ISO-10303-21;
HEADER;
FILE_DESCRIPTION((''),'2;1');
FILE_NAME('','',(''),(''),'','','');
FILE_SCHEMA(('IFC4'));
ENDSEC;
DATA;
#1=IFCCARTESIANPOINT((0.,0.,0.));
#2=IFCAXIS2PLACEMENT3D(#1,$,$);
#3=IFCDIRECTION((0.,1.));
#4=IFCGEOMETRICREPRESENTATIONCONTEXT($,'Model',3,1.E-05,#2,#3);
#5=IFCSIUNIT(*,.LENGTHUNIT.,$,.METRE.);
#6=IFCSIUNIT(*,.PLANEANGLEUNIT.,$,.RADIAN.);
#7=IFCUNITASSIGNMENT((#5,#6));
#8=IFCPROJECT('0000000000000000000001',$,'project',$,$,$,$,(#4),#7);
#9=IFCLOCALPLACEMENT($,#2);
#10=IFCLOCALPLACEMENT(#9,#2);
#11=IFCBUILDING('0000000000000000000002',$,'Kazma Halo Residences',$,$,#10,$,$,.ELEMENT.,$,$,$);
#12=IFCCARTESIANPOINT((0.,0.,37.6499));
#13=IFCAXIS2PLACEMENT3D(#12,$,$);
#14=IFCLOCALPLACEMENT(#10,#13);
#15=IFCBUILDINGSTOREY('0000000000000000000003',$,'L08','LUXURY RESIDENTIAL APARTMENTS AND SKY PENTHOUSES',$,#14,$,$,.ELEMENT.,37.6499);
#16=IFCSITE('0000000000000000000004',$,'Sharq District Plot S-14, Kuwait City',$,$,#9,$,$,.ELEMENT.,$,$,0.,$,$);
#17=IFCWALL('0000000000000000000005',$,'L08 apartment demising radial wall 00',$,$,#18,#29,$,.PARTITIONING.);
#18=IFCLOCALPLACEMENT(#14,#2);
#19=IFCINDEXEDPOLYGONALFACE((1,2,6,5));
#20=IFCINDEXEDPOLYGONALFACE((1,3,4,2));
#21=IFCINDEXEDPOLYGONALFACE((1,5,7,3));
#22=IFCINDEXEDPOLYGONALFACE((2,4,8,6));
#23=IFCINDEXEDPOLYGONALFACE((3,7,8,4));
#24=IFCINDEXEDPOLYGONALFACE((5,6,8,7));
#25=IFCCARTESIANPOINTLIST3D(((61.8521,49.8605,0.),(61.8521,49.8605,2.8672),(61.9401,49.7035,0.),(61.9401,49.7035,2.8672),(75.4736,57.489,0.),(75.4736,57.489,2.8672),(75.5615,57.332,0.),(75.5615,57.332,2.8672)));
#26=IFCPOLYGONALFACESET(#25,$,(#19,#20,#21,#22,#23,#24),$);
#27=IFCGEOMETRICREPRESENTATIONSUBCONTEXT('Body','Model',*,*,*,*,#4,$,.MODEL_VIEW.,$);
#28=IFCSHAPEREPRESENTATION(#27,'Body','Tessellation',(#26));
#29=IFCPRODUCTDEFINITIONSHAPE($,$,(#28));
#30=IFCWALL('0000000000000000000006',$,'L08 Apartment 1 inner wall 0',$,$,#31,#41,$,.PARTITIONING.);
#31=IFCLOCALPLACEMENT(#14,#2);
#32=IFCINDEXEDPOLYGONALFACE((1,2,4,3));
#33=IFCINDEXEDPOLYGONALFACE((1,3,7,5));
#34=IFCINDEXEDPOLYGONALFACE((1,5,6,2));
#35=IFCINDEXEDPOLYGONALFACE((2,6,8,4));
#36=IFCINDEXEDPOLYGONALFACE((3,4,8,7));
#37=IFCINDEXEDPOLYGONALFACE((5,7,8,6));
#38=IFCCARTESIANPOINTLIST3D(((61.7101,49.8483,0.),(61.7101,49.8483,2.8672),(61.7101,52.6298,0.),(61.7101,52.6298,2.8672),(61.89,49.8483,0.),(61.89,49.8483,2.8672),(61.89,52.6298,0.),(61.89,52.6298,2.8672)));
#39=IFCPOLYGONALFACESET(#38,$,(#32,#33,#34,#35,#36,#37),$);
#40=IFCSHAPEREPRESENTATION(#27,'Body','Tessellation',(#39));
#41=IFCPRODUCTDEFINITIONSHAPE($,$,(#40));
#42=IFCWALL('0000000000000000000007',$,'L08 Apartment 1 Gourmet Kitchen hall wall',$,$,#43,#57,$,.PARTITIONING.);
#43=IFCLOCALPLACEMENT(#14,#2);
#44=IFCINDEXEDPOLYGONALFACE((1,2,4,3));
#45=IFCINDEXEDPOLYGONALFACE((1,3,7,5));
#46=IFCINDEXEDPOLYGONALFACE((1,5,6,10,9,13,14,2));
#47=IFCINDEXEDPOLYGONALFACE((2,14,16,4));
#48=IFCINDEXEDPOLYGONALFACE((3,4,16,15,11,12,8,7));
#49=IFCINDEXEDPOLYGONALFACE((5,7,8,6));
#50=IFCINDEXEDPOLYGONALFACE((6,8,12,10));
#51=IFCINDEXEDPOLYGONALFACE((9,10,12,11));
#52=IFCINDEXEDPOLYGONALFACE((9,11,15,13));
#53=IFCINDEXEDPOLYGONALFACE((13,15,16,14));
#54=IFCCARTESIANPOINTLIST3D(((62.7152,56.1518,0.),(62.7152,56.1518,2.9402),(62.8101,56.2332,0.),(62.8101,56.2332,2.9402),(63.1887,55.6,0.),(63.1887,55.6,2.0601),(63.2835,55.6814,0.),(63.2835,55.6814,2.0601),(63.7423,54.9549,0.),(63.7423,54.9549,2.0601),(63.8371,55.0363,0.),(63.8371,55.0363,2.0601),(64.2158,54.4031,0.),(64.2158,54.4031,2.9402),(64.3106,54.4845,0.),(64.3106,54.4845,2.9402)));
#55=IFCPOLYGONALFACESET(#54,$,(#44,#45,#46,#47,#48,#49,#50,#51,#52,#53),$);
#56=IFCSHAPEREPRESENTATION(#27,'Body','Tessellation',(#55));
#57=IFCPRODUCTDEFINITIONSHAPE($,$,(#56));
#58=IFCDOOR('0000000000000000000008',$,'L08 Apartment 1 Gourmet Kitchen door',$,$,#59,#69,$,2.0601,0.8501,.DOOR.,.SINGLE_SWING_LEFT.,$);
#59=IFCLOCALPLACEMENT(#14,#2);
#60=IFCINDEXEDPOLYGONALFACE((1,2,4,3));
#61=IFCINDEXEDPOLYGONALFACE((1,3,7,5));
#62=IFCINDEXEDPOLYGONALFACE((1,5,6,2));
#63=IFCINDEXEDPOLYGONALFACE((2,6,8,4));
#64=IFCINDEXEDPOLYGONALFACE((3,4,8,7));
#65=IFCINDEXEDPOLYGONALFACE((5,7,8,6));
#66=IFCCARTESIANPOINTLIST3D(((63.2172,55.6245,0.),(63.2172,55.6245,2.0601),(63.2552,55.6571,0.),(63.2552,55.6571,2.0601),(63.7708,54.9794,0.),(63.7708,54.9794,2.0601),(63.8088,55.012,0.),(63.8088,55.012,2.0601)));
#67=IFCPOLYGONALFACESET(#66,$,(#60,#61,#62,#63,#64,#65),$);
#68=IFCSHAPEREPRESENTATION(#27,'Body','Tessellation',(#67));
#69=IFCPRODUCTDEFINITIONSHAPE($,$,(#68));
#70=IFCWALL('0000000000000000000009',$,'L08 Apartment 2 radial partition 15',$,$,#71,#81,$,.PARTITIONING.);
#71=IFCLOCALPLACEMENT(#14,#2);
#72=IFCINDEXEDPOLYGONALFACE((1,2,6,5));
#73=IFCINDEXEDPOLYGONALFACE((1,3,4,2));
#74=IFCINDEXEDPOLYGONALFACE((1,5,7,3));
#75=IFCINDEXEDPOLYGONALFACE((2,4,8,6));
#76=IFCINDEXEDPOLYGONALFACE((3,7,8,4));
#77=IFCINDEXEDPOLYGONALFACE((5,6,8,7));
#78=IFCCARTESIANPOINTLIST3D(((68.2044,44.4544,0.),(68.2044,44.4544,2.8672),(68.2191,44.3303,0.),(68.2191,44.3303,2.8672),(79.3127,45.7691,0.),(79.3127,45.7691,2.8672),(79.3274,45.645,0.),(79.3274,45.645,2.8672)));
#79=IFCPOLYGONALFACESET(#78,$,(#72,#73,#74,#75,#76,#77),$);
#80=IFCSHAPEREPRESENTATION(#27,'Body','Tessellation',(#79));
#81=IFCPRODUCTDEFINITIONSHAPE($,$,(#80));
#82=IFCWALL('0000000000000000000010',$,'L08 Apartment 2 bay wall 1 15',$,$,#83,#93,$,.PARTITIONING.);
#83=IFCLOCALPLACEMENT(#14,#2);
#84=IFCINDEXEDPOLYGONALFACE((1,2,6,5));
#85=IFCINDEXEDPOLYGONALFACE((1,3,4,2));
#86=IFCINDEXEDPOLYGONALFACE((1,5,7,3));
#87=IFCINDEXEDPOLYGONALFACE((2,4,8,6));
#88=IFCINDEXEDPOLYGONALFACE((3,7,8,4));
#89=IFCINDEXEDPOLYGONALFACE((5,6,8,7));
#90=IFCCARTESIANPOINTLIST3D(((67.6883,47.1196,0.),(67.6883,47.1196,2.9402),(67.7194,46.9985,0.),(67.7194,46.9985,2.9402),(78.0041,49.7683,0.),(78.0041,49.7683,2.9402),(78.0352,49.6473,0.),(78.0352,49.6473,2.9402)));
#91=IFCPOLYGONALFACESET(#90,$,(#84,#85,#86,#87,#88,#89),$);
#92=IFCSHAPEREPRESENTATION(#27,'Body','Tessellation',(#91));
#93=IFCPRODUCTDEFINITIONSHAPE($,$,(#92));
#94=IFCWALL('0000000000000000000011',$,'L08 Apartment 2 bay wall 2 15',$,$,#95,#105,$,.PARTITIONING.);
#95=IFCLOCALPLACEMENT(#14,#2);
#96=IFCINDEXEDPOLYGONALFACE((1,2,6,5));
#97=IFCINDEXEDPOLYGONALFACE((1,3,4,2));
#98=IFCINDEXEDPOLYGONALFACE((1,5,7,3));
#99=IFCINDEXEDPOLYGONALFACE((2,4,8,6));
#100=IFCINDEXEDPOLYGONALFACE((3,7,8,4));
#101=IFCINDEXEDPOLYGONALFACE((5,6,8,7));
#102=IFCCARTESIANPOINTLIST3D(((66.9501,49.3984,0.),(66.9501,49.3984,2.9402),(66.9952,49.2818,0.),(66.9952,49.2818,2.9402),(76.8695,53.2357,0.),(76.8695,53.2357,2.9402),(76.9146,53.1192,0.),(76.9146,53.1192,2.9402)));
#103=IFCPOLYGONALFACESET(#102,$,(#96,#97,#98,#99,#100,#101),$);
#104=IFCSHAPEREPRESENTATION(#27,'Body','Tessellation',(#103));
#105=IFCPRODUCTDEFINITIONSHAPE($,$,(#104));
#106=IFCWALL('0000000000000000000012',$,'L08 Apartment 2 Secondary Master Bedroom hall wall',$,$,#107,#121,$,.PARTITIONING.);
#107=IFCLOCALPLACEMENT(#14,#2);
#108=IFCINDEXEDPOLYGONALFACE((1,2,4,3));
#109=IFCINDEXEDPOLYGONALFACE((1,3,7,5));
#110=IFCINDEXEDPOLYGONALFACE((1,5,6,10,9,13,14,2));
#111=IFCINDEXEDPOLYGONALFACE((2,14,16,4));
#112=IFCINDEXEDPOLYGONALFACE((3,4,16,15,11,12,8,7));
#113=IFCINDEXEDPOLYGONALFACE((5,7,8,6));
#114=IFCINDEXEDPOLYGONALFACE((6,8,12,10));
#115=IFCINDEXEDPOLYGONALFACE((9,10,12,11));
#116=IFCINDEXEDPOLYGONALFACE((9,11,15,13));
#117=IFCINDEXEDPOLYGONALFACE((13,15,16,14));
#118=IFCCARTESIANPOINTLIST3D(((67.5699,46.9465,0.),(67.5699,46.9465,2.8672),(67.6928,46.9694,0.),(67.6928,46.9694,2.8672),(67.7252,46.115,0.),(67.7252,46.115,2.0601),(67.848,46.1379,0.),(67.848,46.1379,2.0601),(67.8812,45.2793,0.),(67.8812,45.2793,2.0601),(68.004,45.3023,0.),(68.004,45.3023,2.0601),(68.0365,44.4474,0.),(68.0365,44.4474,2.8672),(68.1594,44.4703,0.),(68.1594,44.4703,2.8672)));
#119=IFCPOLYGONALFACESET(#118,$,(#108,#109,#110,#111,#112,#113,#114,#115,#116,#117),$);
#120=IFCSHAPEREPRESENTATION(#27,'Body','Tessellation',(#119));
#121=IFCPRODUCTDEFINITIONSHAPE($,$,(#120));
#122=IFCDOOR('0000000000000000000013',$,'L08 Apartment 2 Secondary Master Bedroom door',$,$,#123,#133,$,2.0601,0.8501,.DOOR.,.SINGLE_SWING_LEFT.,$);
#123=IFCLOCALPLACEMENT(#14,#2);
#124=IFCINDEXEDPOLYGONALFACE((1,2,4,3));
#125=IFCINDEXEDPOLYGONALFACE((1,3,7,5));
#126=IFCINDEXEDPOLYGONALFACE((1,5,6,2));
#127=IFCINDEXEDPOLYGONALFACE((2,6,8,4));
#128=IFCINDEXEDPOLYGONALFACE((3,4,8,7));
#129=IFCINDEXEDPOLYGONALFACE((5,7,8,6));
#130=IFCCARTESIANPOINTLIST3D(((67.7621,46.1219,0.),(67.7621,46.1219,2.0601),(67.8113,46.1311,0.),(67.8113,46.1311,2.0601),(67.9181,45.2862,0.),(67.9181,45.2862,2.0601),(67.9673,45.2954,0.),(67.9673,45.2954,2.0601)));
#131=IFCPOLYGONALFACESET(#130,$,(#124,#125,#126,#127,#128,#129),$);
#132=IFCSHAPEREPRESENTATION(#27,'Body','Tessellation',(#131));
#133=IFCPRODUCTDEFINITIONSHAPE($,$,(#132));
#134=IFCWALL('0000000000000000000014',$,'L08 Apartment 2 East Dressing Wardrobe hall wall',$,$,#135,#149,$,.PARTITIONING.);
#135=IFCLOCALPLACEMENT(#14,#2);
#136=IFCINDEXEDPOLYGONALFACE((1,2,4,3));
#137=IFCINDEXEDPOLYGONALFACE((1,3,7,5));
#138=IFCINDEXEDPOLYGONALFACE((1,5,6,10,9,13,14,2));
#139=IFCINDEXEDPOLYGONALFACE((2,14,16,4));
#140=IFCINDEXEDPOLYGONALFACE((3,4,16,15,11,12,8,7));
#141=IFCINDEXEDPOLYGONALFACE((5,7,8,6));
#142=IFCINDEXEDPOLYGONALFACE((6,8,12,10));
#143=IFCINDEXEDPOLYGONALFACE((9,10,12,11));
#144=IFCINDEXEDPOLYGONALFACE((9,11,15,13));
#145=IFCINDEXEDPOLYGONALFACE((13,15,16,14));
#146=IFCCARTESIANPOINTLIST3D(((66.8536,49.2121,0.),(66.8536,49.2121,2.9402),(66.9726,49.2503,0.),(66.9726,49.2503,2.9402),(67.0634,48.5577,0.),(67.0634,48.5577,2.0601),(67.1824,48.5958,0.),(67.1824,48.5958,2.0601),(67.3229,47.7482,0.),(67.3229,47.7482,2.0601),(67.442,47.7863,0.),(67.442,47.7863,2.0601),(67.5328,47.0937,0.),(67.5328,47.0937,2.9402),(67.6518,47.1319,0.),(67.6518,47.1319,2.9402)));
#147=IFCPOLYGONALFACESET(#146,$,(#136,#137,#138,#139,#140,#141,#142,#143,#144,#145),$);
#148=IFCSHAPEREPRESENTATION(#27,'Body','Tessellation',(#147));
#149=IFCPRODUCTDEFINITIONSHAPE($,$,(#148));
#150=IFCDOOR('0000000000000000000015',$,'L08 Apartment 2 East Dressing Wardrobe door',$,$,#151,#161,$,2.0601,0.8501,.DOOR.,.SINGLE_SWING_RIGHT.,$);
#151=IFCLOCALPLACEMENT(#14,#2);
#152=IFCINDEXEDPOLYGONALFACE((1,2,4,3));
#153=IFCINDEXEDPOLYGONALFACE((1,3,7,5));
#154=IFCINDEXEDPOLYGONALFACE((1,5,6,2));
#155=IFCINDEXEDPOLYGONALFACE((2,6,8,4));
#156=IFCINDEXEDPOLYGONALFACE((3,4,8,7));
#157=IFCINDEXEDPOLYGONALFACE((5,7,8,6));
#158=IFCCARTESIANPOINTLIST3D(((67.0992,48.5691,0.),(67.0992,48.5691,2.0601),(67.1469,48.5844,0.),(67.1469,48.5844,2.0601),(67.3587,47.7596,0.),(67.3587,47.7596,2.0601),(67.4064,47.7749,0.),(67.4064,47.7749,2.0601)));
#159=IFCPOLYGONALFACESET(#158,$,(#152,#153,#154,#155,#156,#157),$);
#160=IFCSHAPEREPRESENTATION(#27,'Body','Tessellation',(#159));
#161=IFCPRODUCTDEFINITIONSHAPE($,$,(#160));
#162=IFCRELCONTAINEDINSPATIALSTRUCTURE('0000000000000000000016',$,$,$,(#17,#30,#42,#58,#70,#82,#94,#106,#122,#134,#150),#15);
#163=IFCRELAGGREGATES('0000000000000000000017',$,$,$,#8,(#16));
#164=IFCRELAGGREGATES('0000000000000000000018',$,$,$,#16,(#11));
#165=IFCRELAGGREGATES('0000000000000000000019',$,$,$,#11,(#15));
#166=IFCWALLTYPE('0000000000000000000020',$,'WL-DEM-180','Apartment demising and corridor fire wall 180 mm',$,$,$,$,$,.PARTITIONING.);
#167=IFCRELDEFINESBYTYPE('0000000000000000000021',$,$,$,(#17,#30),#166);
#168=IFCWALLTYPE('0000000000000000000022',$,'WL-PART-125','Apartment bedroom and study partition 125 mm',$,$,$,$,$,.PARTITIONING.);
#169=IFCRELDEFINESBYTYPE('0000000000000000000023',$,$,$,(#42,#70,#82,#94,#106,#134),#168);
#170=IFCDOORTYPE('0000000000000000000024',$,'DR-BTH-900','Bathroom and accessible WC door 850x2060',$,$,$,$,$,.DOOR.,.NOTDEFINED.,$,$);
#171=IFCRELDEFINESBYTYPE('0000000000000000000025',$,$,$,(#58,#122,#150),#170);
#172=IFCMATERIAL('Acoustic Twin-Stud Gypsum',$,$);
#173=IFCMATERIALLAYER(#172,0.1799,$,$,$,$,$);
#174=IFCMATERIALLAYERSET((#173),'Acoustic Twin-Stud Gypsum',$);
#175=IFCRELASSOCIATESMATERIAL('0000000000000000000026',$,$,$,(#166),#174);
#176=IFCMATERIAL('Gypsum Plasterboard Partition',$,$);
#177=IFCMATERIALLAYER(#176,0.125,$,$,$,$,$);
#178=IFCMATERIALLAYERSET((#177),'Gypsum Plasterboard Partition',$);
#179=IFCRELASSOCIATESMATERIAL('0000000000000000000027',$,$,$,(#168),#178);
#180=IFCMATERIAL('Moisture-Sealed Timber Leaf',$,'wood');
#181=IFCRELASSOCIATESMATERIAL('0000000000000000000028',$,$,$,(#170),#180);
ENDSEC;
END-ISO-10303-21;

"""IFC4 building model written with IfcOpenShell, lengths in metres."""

from ifc_helpers import new_model, si_unit, direction, frame, frame_2d, origin, place, context, subcontext, project, spatial, rectangle, extrude, material, layer, layer_set, type_object, element, fill, save


model = new_model("IFC4")

# Units and contexts
model_context = context("Model", 3, precision=1e-05, world=origin(), true_north=direction((0.0, 1.0)))
body_context = subcontext(model_context, "Body", "Model", "MODEL_VIEW")
ifc_project = project(units=[si_unit("LENGTHUNIT", "METRE"), si_unit("PLANEANGLEUNIT", "RADIAN")], contexts=[model_context])

# Site, building, storey
site_placement = place(None, origin())
site = spatial("IfcSite", under=ifc_project, at=site_placement, Name="Sharq District Plot S-14, Kuwait City", CompositionType="ELEMENT", RefElevation=0.0)
building_placement = place(site_placement, origin())
building = spatial("IfcBuilding", under=site, at=building_placement, Name="Kazma Halo Residences", CompositionType="ELEMENT")
storey_placement = place(building_placement, frame((0.0, 0.0, 37.6499)))
storey = spatial("IfcBuildingStorey", under=building, at=storey_placement, Name="L08", Description="LUXURY RESIDENTIAL APARTMENTS AND SKY PENTHOUSES", CompositionType="ELEMENT", Elevation=37.6499)

# Walls
ifc_material_1 = material(Name="Acoustic Twin-Stud Gypsum")
ifc_layer_1 = layer(ifc_material_1, 0.1799)
ifc_layer_set_1 = layer_set([ifc_layer_1], Name="Acoustic Twin-Stud Gypsum")
wall_type_1 = type_object("IfcWallType", Name="WL-DEM-180", Description="Apartment demising and corridor fire wall 180 mm", PredefinedType="PARTITIONING", material=ifc_layer_set_1)
wall_1_placement = place(storey_placement, frame((61.896, 49.782, 0.0), z_axis=(0.0, 0.0, 1.0), x_axis=(0.872493, 0.488626, 0.0)))
element("IfcWall", 1, at=wall_1_placement, inside=storey, type_object=wall_type_1, Name="L08 apartment demising radial wall 00", PredefinedType="PARTITIONING", context=body_context, shape_type="SweptSolid", body=[
    extrude(rectangle(XDim=15.6121, YDim=0.1799, at=frame_2d((7.8062, 0.0))), origin(), (0.0, 0.0, 1.0), 2.8672),
])
wall_2_placement = place(storey_placement, frame((61.8, 49.8484, 0.0), z_axis=(0.0, 0.0, 1.0), x_axis=(0.0, 1.0, 0.0)))
element("IfcWall", 2, at=wall_2_placement, inside=storey, type_object=wall_type_1, Name="L08 Apartment 1 inner wall 0", PredefinedType="PARTITIONING", context=body_context, shape_type="SweptSolid", body=[
    extrude(rectangle(XDim=2.7815, YDim=0.1799, at=frame_2d((1.3906, 0.0))), origin(), (0.0, 0.0, 1.0), 2.8672),
])

# Wall, opening, door
ifc_material_2 = material(Name="Gypsum Plasterboard Partition")
ifc_layer_2 = layer(ifc_material_2, 0.125)
ifc_layer_set_2 = layer_set([ifc_layer_2], Name="Gypsum Plasterboard Partition")
wall_type_2 = type_object("IfcWallType", Name="WL-PART-125", Description="Apartment bedroom and study partition 125 mm", PredefinedType="PARTITIONING", material=ifc_layer_set_2)
wall_3_placement = place(storey_placement, frame((64.2632, 54.4438, 0.0), z_axis=(0.0, 0.0, 1.0), x_axis=(-0.651228, 0.758883, 0.0)))
wall_3 = element("IfcWall", 3, at=wall_3_placement, inside=storey, type_object=wall_type_2, Name="L08 Apartment 1 Gourmet Kitchen hall wall", PredefinedType="PARTITIONING", context=body_context, shape_type="SweptSolid", body=[
    extrude(rectangle(XDim=2.3042, YDim=0.125, at=frame_2d((1.1521, 0.0))), origin(), (0.0, 0.0, 1.0), 2.9402),
])
opening_1_placement = place(wall_3_placement, frame((0.7271, 0.0, 0.0)))
opening_1 = element("IfcOpeningElement", 4, at=opening_1_placement, cuts=wall_3, PredefinedType="OPENING", context=body_context, shape_type="SweptSolid", body=[
    extrude(rectangle(XDim=0.8501, YDim=2.0601, at=frame_2d((0.425, 1.03))), frame((0.0, 0.0725, 0.0), z_axis=(0.0, -1.0, 0.0), x_axis=(1.0, 0.0, 0.0)), (0.0, 0.0, 1.0), 0.145),
])
ifc_material_3 = material(Name="Moisture-Sealed Timber Leaf", Category="wood")
door_type = type_object("IfcDoorType", Name="DR-BTH-900", Description="Bathroom and accessible WC door 850x2060", OperationType="NOTDEFINED", PredefinedType="DOOR", material=ifc_material_3)
door_1_placement = place(opening_1_placement, origin())
door_1 = element("IfcDoor", 5, at=door_1_placement, inside=storey, type_object=door_type, Name="L08 Apartment 1 Gourmet Kitchen door", OperationType="SINGLE_SWING_LEFT", OverallHeight=2.0601, OverallWidth=0.8501, PredefinedType="DOOR", context=body_context, shape_type="SweptSolid", body=[
    extrude(rectangle(XDim=0.8501, YDim=2.0601, at=frame_2d((0.425, 1.03))), frame((0.0, 0.0249, 0.0), z_axis=(0.0, -1.0, 0.0), x_axis=(1.0, 0.0, 0.0)), (0.0, 0.0, 1.0), 0.05),
])
fill(opening_1, door_1)

# Walls
wall_4_placement = place(storey_placement, frame((68.2119, 44.3923, 0.0), z_axis=(0.0, 0.0, 1.0), x_axis=(0.993069, 0.117534, 0.0)))
element("IfcWall", 6, at=wall_4_placement, inside=storey, type_object=wall_type_2, Name="L08 Apartment 2 radial partition 15", PredefinedType="PARTITIONING", context=body_context, shape_type="SweptSolid", body=[
    extrude(rectangle(XDim=11.1858, YDim=0.125, at=frame_2d((5.5928, 0.0))), origin(), (0.0, 0.0, 1.0), 2.8672),
])
wall_5_placement = place(storey_placement, frame((67.7039, 47.0591, 0.0), z_axis=(0.0, 0.0, 1.0), x_axis=(0.968582, 0.248696, 0.0)))
element("IfcWall", 7, at=wall_5_placement, inside=storey, type_object=wall_type_2, Name="L08 Apartment 2 bay wall 1 15", PredefinedType="PARTITIONING", context=body_context, shape_type="SweptSolid", body=[
    extrude(rectangle(XDim=10.6504, YDim=0.125, at=frame_2d((5.3252, 0.0))), origin(), (0.0, 0.0, 1.0), 2.9402),
])
wall_6_placement = place(storey_placement, frame((66.9727, 49.3401, 0.0), z_axis=(0.0, 0.0, 1.0), x_axis=(0.932643, 0.3608, 0.0)))
element("IfcWall", 8, at=wall_6_placement, inside=storey, type_object=wall_type_2, Name="L08 Apartment 2 bay wall 2 15", PredefinedType="PARTITIONING", context=body_context, shape_type="SweptSolid", body=[
    extrude(rectangle(XDim=10.6357, YDim=0.125, at=frame_2d((5.3179, 0.0))), origin(), (0.0, 0.0, 1.0), 2.9402),
])

# Walls, openings, doors
wall_7_placement = place(storey_placement, frame((68.0979, 44.459, 0.0), z_axis=(0.0, 0.0, 1.0), x_axis=(-0.183523, 0.983015, 0.0)))
wall_7 = element("IfcWall", 9, at=wall_7_placement, inside=storey, type_object=wall_type_2, Name="L08 Apartment 2 Secondary Master Bedroom hall wall", PredefinedType="PARTITIONING", context=body_context, shape_type="SweptSolid", body=[
    extrude(rectangle(XDim=2.5422, YDim=0.125, at=frame_2d((1.271, 0.0))), origin(), (0.0, 0.0, 1.0), 2.8672),
])
opening_2_placement = place(wall_7_placement, frame((0.8462, 0.0, 0.0)))
opening_2 = element("IfcOpeningElement", 10, at=opening_2_placement, cuts=wall_7, PredefinedType="OPENING", context=body_context, shape_type="SweptSolid", body=[
    extrude(rectangle(XDim=0.8501, YDim=2.0601, at=frame_2d((0.425, 1.03))), frame((0.0, 0.0725, 0.0), z_axis=(0.0, -1.0, 0.0), x_axis=(1.0, 0.0, 0.0)), (0.0, 0.0, 1.0), 0.145),
])
door_2_placement = place(opening_2_placement, origin())
door_2 = element("IfcDoor", 11, at=door_2_placement, inside=storey, type_object=door_type, Name="L08 Apartment 2 Secondary Master Bedroom door", OperationType="SINGLE_SWING_LEFT", OverallHeight=2.0601, OverallWidth=0.8501, PredefinedType="DOOR", context=body_context, shape_type="SweptSolid", body=[
    extrude(rectangle(XDim=0.8501, YDim=2.0601, at=frame_2d((0.425, 1.03))), frame((0.0, 0.0249, 0.0), z_axis=(0.0, -1.0, 0.0), x_axis=(1.0, 0.0, 0.0)), (0.0, 0.0, 1.0), 0.05),
])
fill(opening_2, door_2)
wall_8_placement = place(storey_placement, frame((67.5923, 47.1128, 0.0), z_axis=(0.0, 0.0, 1.0), x_axis=(-0.305309, 0.952253, 0.0)))
wall_8 = element("IfcWall", 12, at=wall_8_placement, inside=storey, type_object=wall_type_2, Name="L08 Apartment 2 East Dressing Wardrobe hall wall", PredefinedType="PARTITIONING", context=body_context, shape_type="SweptSolid", body=[
    extrude(rectangle(XDim=2.2246, YDim=0.125, at=frame_2d((1.1123, 0.0))), origin(), (0.0, 0.0, 1.0), 2.9402),
])
opening_3_placement = place(wall_8_placement, frame((0.6873, 0.0, 0.0)))
opening_3 = element("IfcOpeningElement", 13, at=opening_3_placement, cuts=wall_8, PredefinedType="OPENING", context=body_context, shape_type="SweptSolid", body=[
    extrude(rectangle(XDim=0.8501, YDim=2.0601, at=frame_2d((0.425, 1.03))), frame((0.0, 0.0725, 0.0), z_axis=(0.0, -1.0, 0.0), x_axis=(1.0, 0.0, 0.0)), (0.0, 0.0, 1.0), 0.145),
])
door_3_placement = place(opening_3_placement, origin())
door_3 = element("IfcDoor", 14, at=door_3_placement, inside=storey, type_object=door_type, Name="L08 Apartment 2 East Dressing Wardrobe door", OperationType="SINGLE_SWING_RIGHT", OverallHeight=2.0601, OverallWidth=0.8501, PredefinedType="DOOR", context=body_context, shape_type="SweptSolid", body=[
    extrude(rectangle(XDim=0.8501, YDim=2.0601, at=frame_2d((0.425, 1.03))), frame((0.0, 0.0249, 0.0), z_axis=(0.0, -1.0, 0.0), x_axis=(1.0, 0.0, 0.0)), (0.0, 0.0, 1.0), 0.05),
])
fill(opening_3, door_3)

save(model, "model.ifc")
